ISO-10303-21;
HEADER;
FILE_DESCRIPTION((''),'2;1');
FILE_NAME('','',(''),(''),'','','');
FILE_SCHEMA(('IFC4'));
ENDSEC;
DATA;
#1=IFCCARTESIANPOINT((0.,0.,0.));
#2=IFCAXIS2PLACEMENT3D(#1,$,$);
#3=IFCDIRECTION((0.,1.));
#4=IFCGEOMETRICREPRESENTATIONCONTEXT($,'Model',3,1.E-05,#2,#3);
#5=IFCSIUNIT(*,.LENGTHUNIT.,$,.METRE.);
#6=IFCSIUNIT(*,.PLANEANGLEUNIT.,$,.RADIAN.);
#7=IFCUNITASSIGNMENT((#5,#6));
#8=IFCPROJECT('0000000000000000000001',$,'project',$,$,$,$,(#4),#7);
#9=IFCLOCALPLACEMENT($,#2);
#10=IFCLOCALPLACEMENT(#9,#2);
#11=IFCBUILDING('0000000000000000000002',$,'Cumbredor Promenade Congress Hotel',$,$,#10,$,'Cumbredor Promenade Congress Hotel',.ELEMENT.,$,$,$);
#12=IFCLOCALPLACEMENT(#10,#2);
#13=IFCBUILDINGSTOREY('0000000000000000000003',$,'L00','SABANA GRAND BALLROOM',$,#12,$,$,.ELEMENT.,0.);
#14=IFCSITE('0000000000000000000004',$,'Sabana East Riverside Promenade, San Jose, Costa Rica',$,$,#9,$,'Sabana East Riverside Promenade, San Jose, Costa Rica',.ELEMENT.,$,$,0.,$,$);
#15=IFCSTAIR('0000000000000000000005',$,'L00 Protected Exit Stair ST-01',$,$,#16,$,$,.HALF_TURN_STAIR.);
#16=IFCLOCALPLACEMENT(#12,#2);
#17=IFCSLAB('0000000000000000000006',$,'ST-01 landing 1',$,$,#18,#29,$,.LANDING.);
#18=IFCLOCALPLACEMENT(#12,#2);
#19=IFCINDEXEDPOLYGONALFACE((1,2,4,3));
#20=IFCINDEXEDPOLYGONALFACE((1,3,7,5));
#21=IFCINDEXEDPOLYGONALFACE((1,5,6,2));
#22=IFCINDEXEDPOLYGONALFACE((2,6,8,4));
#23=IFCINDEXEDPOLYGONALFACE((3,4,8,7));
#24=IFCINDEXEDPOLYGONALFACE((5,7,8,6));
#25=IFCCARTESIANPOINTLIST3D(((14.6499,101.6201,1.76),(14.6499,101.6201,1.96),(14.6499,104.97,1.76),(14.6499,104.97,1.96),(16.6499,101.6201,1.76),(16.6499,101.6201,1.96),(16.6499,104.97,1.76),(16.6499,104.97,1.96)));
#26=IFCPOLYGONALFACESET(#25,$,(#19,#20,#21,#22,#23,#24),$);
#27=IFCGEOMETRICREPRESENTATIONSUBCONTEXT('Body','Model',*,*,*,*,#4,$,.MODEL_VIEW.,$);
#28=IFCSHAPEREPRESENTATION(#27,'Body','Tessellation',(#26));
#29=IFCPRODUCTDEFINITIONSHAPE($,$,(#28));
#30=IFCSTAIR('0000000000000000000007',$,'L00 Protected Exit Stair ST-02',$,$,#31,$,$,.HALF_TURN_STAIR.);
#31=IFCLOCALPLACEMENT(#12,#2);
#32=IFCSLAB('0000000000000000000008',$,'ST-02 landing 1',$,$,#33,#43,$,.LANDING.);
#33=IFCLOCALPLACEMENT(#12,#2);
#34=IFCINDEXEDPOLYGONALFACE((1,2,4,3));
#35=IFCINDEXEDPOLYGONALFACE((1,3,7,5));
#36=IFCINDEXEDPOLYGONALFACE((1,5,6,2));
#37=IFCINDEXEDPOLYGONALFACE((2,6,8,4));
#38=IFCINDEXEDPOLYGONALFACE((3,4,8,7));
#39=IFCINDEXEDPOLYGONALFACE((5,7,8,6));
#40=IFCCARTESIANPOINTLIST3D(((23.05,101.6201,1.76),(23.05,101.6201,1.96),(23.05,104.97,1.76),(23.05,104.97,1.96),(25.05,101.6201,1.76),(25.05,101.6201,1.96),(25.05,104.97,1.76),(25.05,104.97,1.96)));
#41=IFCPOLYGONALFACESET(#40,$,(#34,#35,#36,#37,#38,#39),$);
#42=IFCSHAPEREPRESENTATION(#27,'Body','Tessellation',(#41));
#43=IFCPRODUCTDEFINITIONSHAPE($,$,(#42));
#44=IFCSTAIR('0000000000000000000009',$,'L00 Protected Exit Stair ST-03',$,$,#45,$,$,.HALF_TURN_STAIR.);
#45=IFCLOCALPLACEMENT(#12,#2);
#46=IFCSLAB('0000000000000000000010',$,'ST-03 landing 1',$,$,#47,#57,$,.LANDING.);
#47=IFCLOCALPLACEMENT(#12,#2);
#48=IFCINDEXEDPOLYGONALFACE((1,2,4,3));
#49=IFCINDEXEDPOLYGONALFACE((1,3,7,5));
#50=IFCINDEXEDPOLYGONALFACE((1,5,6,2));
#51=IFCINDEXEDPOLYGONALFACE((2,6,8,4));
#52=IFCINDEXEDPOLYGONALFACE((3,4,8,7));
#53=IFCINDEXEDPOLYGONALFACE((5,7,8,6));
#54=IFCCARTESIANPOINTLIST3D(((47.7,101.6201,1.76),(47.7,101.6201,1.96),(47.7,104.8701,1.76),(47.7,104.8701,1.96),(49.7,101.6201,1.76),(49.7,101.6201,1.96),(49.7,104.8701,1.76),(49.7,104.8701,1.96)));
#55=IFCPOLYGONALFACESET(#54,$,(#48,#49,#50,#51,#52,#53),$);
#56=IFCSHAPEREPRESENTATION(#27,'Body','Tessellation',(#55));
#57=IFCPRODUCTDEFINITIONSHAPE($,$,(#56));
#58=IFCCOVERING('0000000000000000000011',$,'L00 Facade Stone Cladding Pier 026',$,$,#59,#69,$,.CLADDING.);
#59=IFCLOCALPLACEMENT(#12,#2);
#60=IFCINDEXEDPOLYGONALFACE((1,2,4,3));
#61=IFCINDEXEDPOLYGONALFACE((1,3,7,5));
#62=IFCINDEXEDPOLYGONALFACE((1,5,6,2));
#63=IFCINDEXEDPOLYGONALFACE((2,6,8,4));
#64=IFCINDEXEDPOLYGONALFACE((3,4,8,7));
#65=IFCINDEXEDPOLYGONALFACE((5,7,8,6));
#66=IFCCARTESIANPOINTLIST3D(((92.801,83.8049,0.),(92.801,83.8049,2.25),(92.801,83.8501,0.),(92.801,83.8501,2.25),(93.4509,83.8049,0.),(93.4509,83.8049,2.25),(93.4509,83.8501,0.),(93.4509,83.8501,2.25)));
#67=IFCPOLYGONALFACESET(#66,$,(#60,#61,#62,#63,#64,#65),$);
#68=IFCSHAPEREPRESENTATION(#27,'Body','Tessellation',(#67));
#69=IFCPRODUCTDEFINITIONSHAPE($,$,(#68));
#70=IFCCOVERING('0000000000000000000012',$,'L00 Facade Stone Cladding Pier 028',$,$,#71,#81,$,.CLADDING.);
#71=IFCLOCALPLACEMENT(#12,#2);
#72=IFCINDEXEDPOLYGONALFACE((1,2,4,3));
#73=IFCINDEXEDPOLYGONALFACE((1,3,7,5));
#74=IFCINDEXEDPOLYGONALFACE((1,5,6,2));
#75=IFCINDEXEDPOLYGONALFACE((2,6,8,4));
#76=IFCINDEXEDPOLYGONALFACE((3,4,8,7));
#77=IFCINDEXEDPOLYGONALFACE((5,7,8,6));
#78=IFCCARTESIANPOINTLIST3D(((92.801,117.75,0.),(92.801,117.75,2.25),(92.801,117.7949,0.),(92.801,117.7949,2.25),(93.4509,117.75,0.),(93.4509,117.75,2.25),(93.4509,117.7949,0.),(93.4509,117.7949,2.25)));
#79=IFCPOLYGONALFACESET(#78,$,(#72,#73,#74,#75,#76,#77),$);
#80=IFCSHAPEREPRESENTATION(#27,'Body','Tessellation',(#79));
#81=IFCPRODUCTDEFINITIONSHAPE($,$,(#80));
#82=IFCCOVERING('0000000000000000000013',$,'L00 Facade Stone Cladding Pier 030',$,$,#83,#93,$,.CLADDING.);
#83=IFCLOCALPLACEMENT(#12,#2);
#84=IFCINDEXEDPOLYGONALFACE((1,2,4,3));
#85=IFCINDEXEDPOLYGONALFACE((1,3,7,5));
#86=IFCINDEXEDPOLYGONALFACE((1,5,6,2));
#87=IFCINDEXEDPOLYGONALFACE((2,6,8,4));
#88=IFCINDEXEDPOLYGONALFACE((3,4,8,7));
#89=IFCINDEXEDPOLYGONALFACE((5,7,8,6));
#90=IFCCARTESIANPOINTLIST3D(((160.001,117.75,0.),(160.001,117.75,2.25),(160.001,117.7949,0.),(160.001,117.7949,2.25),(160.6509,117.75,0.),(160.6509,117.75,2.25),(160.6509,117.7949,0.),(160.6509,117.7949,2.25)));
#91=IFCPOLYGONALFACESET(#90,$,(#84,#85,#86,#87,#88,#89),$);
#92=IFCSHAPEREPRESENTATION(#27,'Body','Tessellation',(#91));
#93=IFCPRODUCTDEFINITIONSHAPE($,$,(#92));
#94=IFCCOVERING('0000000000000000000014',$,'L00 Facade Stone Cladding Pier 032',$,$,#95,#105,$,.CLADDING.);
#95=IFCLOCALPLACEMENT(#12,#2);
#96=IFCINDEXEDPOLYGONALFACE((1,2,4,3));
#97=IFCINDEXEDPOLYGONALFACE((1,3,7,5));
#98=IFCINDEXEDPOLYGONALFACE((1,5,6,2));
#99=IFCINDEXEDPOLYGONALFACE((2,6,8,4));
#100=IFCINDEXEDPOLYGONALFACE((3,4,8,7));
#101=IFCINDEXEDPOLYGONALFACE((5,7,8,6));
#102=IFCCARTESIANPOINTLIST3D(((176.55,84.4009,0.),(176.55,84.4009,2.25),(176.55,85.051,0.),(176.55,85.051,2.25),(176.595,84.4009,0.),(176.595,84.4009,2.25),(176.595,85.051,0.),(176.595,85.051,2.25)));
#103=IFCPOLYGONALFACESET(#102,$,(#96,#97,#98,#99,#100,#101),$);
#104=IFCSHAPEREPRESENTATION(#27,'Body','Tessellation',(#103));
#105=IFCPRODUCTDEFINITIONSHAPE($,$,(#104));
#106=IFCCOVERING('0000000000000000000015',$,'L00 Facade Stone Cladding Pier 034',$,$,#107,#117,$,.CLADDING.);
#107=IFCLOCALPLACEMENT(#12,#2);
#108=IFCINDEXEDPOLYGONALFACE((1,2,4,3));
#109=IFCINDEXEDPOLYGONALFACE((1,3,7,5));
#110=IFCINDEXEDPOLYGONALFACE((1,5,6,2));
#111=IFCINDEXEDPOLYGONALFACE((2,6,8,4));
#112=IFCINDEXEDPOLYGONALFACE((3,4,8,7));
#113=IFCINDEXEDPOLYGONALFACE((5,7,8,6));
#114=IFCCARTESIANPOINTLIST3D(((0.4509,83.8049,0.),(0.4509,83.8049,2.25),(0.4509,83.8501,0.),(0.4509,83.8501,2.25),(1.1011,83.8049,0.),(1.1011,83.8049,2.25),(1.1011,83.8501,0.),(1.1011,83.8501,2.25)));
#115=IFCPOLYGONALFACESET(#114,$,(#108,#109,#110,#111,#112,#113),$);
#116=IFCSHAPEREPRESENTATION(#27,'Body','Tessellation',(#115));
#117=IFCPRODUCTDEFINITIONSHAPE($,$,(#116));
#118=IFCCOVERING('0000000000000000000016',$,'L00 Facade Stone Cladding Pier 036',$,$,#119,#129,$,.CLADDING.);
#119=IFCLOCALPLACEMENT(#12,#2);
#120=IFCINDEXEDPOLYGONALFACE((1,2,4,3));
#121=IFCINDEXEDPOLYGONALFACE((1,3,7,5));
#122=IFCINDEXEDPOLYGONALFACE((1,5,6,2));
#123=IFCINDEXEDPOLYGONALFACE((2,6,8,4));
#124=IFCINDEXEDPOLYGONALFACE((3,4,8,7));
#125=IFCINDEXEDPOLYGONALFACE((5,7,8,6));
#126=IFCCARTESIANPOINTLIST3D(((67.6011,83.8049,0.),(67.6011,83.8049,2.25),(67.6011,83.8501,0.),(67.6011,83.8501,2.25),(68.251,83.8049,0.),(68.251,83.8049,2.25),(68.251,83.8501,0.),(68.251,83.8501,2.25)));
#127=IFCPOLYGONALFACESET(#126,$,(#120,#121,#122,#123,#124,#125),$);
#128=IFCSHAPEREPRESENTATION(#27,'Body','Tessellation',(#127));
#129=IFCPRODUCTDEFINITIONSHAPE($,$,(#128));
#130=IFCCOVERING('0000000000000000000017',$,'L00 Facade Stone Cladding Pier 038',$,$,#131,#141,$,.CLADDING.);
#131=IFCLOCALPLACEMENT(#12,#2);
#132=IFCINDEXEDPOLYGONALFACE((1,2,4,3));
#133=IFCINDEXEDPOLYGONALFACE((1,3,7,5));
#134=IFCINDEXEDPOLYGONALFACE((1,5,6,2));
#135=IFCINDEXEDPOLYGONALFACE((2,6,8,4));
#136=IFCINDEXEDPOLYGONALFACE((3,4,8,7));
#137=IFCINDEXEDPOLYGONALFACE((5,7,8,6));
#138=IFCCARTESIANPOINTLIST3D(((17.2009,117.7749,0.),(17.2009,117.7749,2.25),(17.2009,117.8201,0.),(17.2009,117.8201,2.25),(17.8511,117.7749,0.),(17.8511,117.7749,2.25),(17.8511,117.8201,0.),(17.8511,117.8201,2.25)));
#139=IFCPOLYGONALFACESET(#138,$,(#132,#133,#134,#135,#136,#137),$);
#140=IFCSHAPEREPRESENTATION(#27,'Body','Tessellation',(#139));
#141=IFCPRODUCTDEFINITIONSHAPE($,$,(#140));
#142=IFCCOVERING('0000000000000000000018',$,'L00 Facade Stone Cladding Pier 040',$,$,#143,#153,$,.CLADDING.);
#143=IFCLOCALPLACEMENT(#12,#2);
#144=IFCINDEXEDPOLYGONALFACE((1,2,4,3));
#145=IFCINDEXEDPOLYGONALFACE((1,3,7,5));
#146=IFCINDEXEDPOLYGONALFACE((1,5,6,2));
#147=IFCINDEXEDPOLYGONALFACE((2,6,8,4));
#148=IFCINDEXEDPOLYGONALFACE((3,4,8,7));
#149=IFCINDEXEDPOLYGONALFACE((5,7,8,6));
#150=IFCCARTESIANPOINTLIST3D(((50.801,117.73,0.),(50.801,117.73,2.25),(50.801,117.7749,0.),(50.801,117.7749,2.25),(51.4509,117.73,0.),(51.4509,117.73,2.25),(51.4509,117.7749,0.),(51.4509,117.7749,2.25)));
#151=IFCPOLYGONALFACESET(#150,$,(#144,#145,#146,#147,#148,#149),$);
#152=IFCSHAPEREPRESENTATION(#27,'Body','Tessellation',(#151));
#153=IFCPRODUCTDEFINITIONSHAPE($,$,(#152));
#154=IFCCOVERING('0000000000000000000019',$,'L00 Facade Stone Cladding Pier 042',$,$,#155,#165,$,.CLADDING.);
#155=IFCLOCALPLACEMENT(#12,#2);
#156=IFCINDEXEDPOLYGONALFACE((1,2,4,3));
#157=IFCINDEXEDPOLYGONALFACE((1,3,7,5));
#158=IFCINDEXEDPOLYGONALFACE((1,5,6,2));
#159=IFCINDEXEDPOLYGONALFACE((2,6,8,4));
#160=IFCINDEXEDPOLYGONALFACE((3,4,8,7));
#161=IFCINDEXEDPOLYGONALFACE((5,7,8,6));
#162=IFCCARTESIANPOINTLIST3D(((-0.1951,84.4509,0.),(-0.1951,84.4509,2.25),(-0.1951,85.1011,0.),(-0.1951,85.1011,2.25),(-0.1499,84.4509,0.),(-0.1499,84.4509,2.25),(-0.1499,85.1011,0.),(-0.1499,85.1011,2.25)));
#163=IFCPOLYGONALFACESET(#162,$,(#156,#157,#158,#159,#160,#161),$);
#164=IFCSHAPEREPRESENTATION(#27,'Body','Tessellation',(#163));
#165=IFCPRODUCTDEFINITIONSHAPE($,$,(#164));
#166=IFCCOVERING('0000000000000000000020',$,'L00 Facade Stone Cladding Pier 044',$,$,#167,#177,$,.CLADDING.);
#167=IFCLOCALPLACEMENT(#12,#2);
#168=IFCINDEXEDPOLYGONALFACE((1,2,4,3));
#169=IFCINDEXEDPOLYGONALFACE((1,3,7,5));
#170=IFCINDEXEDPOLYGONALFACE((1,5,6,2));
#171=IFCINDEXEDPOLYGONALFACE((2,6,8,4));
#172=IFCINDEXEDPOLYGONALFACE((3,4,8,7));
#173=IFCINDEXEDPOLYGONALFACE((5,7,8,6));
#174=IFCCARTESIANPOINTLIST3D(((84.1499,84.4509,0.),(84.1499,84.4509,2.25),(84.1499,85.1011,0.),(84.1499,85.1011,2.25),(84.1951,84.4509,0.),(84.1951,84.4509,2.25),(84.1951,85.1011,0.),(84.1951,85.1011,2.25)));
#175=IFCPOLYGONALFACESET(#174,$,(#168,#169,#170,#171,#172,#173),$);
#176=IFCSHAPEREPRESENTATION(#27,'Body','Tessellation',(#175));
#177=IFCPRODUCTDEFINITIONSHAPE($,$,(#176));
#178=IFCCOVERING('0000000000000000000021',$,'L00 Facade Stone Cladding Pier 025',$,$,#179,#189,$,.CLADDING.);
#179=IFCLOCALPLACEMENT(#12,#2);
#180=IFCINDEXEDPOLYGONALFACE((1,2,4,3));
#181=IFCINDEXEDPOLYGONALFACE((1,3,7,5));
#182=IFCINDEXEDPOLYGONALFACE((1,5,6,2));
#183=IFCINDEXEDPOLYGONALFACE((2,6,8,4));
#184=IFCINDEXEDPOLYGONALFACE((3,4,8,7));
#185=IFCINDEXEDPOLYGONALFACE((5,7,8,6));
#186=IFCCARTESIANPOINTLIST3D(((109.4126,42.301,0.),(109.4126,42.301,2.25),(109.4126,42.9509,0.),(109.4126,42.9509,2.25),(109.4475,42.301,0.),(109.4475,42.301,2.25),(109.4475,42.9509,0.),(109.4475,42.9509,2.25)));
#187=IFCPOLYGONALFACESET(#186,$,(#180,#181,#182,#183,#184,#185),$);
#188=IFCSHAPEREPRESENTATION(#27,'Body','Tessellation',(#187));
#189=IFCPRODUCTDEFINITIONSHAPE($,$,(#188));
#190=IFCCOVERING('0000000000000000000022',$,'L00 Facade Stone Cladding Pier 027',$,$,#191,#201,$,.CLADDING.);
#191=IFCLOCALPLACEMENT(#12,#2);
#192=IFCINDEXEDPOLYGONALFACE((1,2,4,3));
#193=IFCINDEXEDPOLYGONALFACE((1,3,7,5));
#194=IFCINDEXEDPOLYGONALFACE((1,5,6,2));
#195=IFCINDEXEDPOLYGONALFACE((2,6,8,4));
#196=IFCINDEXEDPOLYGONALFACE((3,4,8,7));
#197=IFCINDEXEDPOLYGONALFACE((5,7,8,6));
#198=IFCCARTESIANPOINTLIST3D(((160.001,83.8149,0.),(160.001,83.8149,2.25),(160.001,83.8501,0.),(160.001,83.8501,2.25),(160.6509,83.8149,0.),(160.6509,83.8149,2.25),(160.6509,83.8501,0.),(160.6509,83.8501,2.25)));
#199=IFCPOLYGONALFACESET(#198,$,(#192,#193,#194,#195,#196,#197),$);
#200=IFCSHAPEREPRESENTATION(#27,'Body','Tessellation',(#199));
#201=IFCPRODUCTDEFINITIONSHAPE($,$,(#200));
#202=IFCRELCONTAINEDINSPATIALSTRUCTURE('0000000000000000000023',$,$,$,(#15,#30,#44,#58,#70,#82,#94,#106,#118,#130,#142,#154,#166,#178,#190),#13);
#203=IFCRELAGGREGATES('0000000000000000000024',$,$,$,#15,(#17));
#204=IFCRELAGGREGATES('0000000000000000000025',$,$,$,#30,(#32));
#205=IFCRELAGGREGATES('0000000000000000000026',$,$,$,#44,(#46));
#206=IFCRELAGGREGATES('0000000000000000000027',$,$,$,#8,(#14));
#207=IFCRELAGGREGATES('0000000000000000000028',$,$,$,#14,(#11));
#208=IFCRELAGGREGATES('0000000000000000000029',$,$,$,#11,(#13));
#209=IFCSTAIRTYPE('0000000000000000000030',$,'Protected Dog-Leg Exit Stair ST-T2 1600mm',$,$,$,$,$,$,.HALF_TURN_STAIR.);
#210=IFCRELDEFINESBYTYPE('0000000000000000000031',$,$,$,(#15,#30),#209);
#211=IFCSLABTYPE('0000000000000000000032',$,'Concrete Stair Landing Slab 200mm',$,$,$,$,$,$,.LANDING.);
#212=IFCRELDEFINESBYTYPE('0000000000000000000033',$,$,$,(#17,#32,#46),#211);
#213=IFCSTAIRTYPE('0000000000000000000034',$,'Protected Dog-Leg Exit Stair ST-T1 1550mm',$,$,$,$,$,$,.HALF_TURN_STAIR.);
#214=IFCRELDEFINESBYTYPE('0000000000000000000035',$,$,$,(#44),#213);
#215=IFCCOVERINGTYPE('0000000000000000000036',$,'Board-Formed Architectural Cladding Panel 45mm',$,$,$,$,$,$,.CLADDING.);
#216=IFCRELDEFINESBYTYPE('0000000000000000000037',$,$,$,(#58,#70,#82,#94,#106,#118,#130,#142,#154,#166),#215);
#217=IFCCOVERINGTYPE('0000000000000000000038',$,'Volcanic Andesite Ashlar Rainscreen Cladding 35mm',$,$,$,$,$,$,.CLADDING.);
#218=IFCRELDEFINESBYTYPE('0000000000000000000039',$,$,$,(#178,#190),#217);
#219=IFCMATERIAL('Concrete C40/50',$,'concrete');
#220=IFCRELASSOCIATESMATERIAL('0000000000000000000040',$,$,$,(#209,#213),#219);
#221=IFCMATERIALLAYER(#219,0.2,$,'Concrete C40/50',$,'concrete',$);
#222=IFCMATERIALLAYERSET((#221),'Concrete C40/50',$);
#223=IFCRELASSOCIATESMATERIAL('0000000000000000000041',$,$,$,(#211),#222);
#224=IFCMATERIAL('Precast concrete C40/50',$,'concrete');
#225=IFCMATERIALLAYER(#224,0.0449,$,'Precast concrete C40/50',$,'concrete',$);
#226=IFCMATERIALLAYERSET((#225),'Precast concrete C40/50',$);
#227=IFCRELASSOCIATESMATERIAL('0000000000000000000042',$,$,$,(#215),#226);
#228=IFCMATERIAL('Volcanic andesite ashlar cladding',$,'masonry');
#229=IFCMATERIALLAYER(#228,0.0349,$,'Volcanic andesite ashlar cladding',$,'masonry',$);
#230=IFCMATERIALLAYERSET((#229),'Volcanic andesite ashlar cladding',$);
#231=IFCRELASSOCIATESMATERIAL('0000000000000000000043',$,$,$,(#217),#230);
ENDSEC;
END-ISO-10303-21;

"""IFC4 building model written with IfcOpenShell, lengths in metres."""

from ifc_helpers import new_model, si_unit, direction, frame, origin, place, context, subcontext, project, spatial, polyline, outline, extrude, material, layer, layer_set, type_object, element, aggregate, save


model = new_model("IFC4")

# Units and contexts
model_context = context("Model", 3, precision=1e-05, world=origin(), true_north=direction((0.0, 1.0)))
body_context = subcontext(model_context, "Body", "Model", "MODEL_VIEW")
ifc_project = project(units=[si_unit("LENGTHUNIT", "METRE"), si_unit("PLANEANGLEUNIT", "RADIAN")], contexts=[model_context])

# Site, building, storey
site_placement = place(None, origin())
site = spatial("IfcSite", under=ifc_project, at=site_placement, Name="Sabana East Riverside Promenade, San Jose, Costa Rica", LongName="Sabana East Riverside Promenade, San Jose, Costa Rica", CompositionType="ELEMENT", RefElevation=0.0)
building_placement = place(site_placement, origin())
building = spatial("IfcBuilding", under=site, at=building_placement, Name="Cumbredor Promenade Congress Hotel", LongName="Cumbredor Promenade Congress Hotel", CompositionType="ELEMENT")
storey_placement = place(building_placement, origin())
storey = spatial("IfcBuildingStorey", under=building, at=storey_placement, Name="L00", Description="SABANA GRAND BALLROOM", CompositionType="ELEMENT", Elevation=0.0)

# Stairs, slabs
ifc_material_1 = material(Name="Concrete C40/50", Category="concrete")
stair_type_1 = type_object("IfcStairType", Name="Protected Dog-Leg Exit Stair ST-T2 1600mm", PredefinedType="HALF_TURN_STAIR", material=ifc_material_1)
stair_1_placement = place(storey_placement, origin())
stair_1 = element("IfcStair", 1, at=stair_1_placement, inside=storey, type_object=stair_type_1, Name="L00 Protected Exit Stair ST-01", PredefinedType="HALF_TURN_STAIR")
ifc_layer_1 = layer(ifc_material_1, 0.2, Name="Concrete C40/50", Category="concrete")
ifc_layer_set_1 = layer_set([ifc_layer_1], Name="Concrete C40/50")
slab_type = type_object("IfcSlabType", Name="Concrete Stair Landing Slab 200mm", PredefinedType="LANDING", material=ifc_layer_set_1)
slab_1_placement = place(storey_placement, frame((0.0, 0.0, 1.76)))
slab_1 = element("IfcSlab", 2, at=slab_1_placement, type_object=slab_type, Name="ST-01 landing 1", PredefinedType="LANDING", context=body_context, shape_type="SweptSolid", body=[
    extrude(outline(polyline([(14.6499, 101.6201), (16.6499, 101.6201), (16.6499, 104.97), (14.6499, 104.97), (14.6499, 101.6201)])), origin(), (0.0, 0.0, 1.0), 0.2),
])
aggregate(stair_1, [slab_1])
stair_2_placement = place(storey_placement, origin())
stair_2 = element("IfcStair", 3, at=stair_2_placement, inside=storey, type_object=stair_type_1, Name="L00 Protected Exit Stair ST-02", PredefinedType="HALF_TURN_STAIR")
slab_2_placement = place(storey_placement, frame((0.0, 0.0, 1.76)))
slab_2 = element("IfcSlab", 4, at=slab_2_placement, type_object=slab_type, Name="ST-02 landing 1", PredefinedType="LANDING", context=body_context, shape_type="SweptSolid", body=[
    extrude(outline(polyline([(23.05, 101.6201), (25.05, 101.6201), (25.05, 104.97), (23.05, 104.97), (23.05, 101.6201)])), origin(), (0.0, 0.0, 1.0), 0.2),
])
aggregate(stair_2, [slab_2])
stair_type_2 = type_object("IfcStairType", Name="Protected Dog-Leg Exit Stair ST-T1 1550mm", PredefinedType="HALF_TURN_STAIR", material=ifc_material_1)
stair_3_placement = place(storey_placement, origin())
stair_3 = element("IfcStair", 5, at=stair_3_placement, inside=storey, type_object=stair_type_2, Name="L00 Protected Exit Stair ST-03", PredefinedType="HALF_TURN_STAIR")
slab_3_placement = place(storey_placement, frame((0.0, 0.0, 1.76)))
slab_3 = element("IfcSlab", 6, at=slab_3_placement, type_object=slab_type, Name="ST-03 landing 1", PredefinedType="LANDING", context=body_context, shape_type="SweptSolid", body=[
    extrude(outline(polyline([(47.7, 101.6201), (49.7, 101.6201), (49.7, 104.8701), (47.7, 104.8701), (47.7, 101.6201)])), origin(), (0.0, 0.0, 1.0), 0.2),
])
aggregate(stair_3, [slab_3])

# Coverings
ifc_material_2 = material(Name="Precast concrete C40/50", Category="concrete")
ifc_layer_2 = layer(ifc_material_2, 0.0449, Name="Precast concrete C40/50", Category="concrete")
ifc_layer_set_2 = layer_set([ifc_layer_2], Name="Precast concrete C40/50")
covering_type_1 = type_object("IfcCoveringType", Name="Board-Formed Architectural Cladding Panel 45mm", PredefinedType="CLADDING", material=ifc_layer_set_2)
covering_1_placement = place(storey_placement, origin())
element("IfcCovering", 7, at=covering_1_placement, inside=storey, type_object=covering_type_1, Name="L00 Facade Stone Cladding Pier 026", PredefinedType="CLADDING", context=body_context, shape_type="SweptSolid", body=[
    extrude(outline(polyline([(92.801, 83.8501), (93.4509, 83.8501), (93.4509, 83.8049), (92.801, 83.8049), (92.801, 83.8501)])), origin(), (0.0, 0.0, 1.0), 2.25),
])
covering_2_placement = place(storey_placement, origin())
element("IfcCovering", 8, at=covering_2_placement, inside=storey, type_object=covering_type_1, Name="L00 Facade Stone Cladding Pier 028", PredefinedType="CLADDING", context=body_context, shape_type="SweptSolid", body=[
    extrude(outline(polyline([(92.801, 117.75), (93.4509, 117.75), (93.4509, 117.7949), (92.801, 117.7949), (92.801, 117.75)])), origin(), (0.0, 0.0, 1.0), 2.25),
])
covering_3_placement = place(storey_placement, origin())
element("IfcCovering", 9, at=covering_3_placement, inside=storey, type_object=covering_type_1, Name="L00 Facade Stone Cladding Pier 030", PredefinedType="CLADDING", context=body_context, shape_type="SweptSolid", body=[
    extrude(outline(polyline([(160.001, 117.75), (160.6509, 117.75), (160.6509, 117.7949), (160.001, 117.7949), (160.001, 117.75)])), origin(), (0.0, 0.0, 1.0), 2.25),
])
covering_4_placement = place(storey_placement, origin())
element("IfcCovering", 10, at=covering_4_placement, inside=storey, type_object=covering_type_1, Name="L00 Facade Stone Cladding Pier 032", PredefinedType="CLADDING", context=body_context, shape_type="SweptSolid", body=[
    extrude(outline(polyline([(176.55, 84.4009), (176.55, 85.051), (176.595, 85.051), (176.595, 84.4009), (176.55, 84.4009)])), origin(), (0.0, 0.0, 1.0), 2.25),
])
covering_5_placement = place(storey_placement, origin())
element("IfcCovering", 11, at=covering_5_placement, inside=storey, type_object=covering_type_1, Name="L00 Facade Stone Cladding Pier 034", PredefinedType="CLADDING", context=body_context, shape_type="SweptSolid", body=[
    extrude(outline(polyline([(0.4509, 83.8501), (1.1011, 83.8501), (1.1011, 83.8049), (0.4509, 83.8049), (0.4509, 83.8501)])), origin(), (0.0, 0.0, 1.0), 2.25),
])
covering_6_placement = place(storey_placement, origin())
element("IfcCovering", 12, at=covering_6_placement, inside=storey, type_object=covering_type_1, Name="L00 Facade Stone Cladding Pier 036", PredefinedType="CLADDING", context=body_context, shape_type="SweptSolid", body=[
    extrude(outline(polyline([(67.6011, 83.8501), (68.251, 83.8501), (68.251, 83.8049), (67.6011, 83.8049), (67.6011, 83.8501)])), origin(), (0.0, 0.0, 1.0), 2.25),
])
covering_7_placement = place(storey_placement, origin())
element("IfcCovering", 13, at=covering_7_placement, inside=storey, type_object=covering_type_1, Name="L00 Facade Stone Cladding Pier 038", PredefinedType="CLADDING", context=body_context, shape_type="SweptSolid", body=[
    extrude(outline(polyline([(17.2009, 117.7749), (17.8511, 117.7749), (17.8511, 117.8201), (17.2009, 117.8201), (17.2009, 117.7749)])), origin(), (0.0, 0.0, 1.0), 2.25),
])
covering_8_placement = place(storey_placement, origin())
element("IfcCovering", 14, at=covering_8_placement, inside=storey, type_object=covering_type_1, Name="L00 Facade Stone Cladding Pier 040", PredefinedType="CLADDING", context=body_context, shape_type="SweptSolid", body=[
    extrude(outline(polyline([(50.801, 117.73), (51.4509, 117.73), (51.4509, 117.7749), (50.801, 117.7749), (50.801, 117.73)])), origin(), (0.0, 0.0, 1.0), 2.25),
])
covering_9_placement = place(storey_placement, origin())
element("IfcCovering", 15, at=covering_9_placement, inside=storey, type_object=covering_type_1, Name="L00 Facade Stone Cladding Pier 042", PredefinedType="CLADDING", context=body_context, shape_type="SweptSolid", body=[
    extrude(outline(polyline([(-0.1499, 84.4509), (-0.1499, 85.1011), (-0.1951, 85.1011), (-0.1951, 84.4509), (-0.1499, 84.4509)])), origin(), (0.0, 0.0, 1.0), 2.25),
])
covering_10_placement = place(storey_placement, origin())
element("IfcCovering", 16, at=covering_10_placement, inside=storey, type_object=covering_type_1, Name="L00 Facade Stone Cladding Pier 044", PredefinedType="CLADDING", context=body_context, shape_type="SweptSolid", body=[
    extrude(outline(polyline([(84.1499, 84.4509), (84.1499, 85.1011), (84.1951, 85.1011), (84.1951, 84.4509), (84.1499, 84.4509)])), origin(), (0.0, 0.0, 1.0), 2.25),
])
ifc_material_3 = material(Name="Volcanic andesite ashlar cladding", Category="masonry")
ifc_layer_3 = layer(ifc_material_3, 0.0349, Name="Volcanic andesite ashlar cladding", Category="masonry")
ifc_layer_set_3 = layer_set([ifc_layer_3], Name="Volcanic andesite ashlar cladding")
covering_type_2 = type_object("IfcCoveringType", Name="Volcanic Andesite Ashlar Rainscreen Cladding 35mm", PredefinedType="CLADDING", material=ifc_layer_set_3)
covering_11_placement = place(storey_placement, origin())
element("IfcCovering", 17, at=covering_11_placement, inside=storey, type_object=covering_type_2, Name="L00 Facade Stone Cladding Pier 025", PredefinedType="CLADDING", context=body_context, shape_type="SweptSolid", body=[
    extrude(outline(polyline([(109.4126, 42.301), (109.4126, 42.9509), (109.4475, 42.9509), (109.4475, 42.301), (109.4126, 42.301)])), origin(), (0.0, 0.0, 1.0), 2.25),
])
covering_12_placement = place(storey_placement, origin())
element("IfcCovering", 18, at=covering_12_placement, inside=storey, type_object=covering_type_2, Name="L00 Facade Stone Cladding Pier 027", PredefinedType="CLADDING", context=body_context, shape_type="SweptSolid", body=[
    extrude(outline(polyline([(160.001, 83.8501), (160.6509, 83.8501), (160.6509, 83.8149), (160.001, 83.8149), (160.001, 83.8501)])), origin(), (0.0, 0.0, 1.0), 2.25),
])

save(model, "model.ifc")
